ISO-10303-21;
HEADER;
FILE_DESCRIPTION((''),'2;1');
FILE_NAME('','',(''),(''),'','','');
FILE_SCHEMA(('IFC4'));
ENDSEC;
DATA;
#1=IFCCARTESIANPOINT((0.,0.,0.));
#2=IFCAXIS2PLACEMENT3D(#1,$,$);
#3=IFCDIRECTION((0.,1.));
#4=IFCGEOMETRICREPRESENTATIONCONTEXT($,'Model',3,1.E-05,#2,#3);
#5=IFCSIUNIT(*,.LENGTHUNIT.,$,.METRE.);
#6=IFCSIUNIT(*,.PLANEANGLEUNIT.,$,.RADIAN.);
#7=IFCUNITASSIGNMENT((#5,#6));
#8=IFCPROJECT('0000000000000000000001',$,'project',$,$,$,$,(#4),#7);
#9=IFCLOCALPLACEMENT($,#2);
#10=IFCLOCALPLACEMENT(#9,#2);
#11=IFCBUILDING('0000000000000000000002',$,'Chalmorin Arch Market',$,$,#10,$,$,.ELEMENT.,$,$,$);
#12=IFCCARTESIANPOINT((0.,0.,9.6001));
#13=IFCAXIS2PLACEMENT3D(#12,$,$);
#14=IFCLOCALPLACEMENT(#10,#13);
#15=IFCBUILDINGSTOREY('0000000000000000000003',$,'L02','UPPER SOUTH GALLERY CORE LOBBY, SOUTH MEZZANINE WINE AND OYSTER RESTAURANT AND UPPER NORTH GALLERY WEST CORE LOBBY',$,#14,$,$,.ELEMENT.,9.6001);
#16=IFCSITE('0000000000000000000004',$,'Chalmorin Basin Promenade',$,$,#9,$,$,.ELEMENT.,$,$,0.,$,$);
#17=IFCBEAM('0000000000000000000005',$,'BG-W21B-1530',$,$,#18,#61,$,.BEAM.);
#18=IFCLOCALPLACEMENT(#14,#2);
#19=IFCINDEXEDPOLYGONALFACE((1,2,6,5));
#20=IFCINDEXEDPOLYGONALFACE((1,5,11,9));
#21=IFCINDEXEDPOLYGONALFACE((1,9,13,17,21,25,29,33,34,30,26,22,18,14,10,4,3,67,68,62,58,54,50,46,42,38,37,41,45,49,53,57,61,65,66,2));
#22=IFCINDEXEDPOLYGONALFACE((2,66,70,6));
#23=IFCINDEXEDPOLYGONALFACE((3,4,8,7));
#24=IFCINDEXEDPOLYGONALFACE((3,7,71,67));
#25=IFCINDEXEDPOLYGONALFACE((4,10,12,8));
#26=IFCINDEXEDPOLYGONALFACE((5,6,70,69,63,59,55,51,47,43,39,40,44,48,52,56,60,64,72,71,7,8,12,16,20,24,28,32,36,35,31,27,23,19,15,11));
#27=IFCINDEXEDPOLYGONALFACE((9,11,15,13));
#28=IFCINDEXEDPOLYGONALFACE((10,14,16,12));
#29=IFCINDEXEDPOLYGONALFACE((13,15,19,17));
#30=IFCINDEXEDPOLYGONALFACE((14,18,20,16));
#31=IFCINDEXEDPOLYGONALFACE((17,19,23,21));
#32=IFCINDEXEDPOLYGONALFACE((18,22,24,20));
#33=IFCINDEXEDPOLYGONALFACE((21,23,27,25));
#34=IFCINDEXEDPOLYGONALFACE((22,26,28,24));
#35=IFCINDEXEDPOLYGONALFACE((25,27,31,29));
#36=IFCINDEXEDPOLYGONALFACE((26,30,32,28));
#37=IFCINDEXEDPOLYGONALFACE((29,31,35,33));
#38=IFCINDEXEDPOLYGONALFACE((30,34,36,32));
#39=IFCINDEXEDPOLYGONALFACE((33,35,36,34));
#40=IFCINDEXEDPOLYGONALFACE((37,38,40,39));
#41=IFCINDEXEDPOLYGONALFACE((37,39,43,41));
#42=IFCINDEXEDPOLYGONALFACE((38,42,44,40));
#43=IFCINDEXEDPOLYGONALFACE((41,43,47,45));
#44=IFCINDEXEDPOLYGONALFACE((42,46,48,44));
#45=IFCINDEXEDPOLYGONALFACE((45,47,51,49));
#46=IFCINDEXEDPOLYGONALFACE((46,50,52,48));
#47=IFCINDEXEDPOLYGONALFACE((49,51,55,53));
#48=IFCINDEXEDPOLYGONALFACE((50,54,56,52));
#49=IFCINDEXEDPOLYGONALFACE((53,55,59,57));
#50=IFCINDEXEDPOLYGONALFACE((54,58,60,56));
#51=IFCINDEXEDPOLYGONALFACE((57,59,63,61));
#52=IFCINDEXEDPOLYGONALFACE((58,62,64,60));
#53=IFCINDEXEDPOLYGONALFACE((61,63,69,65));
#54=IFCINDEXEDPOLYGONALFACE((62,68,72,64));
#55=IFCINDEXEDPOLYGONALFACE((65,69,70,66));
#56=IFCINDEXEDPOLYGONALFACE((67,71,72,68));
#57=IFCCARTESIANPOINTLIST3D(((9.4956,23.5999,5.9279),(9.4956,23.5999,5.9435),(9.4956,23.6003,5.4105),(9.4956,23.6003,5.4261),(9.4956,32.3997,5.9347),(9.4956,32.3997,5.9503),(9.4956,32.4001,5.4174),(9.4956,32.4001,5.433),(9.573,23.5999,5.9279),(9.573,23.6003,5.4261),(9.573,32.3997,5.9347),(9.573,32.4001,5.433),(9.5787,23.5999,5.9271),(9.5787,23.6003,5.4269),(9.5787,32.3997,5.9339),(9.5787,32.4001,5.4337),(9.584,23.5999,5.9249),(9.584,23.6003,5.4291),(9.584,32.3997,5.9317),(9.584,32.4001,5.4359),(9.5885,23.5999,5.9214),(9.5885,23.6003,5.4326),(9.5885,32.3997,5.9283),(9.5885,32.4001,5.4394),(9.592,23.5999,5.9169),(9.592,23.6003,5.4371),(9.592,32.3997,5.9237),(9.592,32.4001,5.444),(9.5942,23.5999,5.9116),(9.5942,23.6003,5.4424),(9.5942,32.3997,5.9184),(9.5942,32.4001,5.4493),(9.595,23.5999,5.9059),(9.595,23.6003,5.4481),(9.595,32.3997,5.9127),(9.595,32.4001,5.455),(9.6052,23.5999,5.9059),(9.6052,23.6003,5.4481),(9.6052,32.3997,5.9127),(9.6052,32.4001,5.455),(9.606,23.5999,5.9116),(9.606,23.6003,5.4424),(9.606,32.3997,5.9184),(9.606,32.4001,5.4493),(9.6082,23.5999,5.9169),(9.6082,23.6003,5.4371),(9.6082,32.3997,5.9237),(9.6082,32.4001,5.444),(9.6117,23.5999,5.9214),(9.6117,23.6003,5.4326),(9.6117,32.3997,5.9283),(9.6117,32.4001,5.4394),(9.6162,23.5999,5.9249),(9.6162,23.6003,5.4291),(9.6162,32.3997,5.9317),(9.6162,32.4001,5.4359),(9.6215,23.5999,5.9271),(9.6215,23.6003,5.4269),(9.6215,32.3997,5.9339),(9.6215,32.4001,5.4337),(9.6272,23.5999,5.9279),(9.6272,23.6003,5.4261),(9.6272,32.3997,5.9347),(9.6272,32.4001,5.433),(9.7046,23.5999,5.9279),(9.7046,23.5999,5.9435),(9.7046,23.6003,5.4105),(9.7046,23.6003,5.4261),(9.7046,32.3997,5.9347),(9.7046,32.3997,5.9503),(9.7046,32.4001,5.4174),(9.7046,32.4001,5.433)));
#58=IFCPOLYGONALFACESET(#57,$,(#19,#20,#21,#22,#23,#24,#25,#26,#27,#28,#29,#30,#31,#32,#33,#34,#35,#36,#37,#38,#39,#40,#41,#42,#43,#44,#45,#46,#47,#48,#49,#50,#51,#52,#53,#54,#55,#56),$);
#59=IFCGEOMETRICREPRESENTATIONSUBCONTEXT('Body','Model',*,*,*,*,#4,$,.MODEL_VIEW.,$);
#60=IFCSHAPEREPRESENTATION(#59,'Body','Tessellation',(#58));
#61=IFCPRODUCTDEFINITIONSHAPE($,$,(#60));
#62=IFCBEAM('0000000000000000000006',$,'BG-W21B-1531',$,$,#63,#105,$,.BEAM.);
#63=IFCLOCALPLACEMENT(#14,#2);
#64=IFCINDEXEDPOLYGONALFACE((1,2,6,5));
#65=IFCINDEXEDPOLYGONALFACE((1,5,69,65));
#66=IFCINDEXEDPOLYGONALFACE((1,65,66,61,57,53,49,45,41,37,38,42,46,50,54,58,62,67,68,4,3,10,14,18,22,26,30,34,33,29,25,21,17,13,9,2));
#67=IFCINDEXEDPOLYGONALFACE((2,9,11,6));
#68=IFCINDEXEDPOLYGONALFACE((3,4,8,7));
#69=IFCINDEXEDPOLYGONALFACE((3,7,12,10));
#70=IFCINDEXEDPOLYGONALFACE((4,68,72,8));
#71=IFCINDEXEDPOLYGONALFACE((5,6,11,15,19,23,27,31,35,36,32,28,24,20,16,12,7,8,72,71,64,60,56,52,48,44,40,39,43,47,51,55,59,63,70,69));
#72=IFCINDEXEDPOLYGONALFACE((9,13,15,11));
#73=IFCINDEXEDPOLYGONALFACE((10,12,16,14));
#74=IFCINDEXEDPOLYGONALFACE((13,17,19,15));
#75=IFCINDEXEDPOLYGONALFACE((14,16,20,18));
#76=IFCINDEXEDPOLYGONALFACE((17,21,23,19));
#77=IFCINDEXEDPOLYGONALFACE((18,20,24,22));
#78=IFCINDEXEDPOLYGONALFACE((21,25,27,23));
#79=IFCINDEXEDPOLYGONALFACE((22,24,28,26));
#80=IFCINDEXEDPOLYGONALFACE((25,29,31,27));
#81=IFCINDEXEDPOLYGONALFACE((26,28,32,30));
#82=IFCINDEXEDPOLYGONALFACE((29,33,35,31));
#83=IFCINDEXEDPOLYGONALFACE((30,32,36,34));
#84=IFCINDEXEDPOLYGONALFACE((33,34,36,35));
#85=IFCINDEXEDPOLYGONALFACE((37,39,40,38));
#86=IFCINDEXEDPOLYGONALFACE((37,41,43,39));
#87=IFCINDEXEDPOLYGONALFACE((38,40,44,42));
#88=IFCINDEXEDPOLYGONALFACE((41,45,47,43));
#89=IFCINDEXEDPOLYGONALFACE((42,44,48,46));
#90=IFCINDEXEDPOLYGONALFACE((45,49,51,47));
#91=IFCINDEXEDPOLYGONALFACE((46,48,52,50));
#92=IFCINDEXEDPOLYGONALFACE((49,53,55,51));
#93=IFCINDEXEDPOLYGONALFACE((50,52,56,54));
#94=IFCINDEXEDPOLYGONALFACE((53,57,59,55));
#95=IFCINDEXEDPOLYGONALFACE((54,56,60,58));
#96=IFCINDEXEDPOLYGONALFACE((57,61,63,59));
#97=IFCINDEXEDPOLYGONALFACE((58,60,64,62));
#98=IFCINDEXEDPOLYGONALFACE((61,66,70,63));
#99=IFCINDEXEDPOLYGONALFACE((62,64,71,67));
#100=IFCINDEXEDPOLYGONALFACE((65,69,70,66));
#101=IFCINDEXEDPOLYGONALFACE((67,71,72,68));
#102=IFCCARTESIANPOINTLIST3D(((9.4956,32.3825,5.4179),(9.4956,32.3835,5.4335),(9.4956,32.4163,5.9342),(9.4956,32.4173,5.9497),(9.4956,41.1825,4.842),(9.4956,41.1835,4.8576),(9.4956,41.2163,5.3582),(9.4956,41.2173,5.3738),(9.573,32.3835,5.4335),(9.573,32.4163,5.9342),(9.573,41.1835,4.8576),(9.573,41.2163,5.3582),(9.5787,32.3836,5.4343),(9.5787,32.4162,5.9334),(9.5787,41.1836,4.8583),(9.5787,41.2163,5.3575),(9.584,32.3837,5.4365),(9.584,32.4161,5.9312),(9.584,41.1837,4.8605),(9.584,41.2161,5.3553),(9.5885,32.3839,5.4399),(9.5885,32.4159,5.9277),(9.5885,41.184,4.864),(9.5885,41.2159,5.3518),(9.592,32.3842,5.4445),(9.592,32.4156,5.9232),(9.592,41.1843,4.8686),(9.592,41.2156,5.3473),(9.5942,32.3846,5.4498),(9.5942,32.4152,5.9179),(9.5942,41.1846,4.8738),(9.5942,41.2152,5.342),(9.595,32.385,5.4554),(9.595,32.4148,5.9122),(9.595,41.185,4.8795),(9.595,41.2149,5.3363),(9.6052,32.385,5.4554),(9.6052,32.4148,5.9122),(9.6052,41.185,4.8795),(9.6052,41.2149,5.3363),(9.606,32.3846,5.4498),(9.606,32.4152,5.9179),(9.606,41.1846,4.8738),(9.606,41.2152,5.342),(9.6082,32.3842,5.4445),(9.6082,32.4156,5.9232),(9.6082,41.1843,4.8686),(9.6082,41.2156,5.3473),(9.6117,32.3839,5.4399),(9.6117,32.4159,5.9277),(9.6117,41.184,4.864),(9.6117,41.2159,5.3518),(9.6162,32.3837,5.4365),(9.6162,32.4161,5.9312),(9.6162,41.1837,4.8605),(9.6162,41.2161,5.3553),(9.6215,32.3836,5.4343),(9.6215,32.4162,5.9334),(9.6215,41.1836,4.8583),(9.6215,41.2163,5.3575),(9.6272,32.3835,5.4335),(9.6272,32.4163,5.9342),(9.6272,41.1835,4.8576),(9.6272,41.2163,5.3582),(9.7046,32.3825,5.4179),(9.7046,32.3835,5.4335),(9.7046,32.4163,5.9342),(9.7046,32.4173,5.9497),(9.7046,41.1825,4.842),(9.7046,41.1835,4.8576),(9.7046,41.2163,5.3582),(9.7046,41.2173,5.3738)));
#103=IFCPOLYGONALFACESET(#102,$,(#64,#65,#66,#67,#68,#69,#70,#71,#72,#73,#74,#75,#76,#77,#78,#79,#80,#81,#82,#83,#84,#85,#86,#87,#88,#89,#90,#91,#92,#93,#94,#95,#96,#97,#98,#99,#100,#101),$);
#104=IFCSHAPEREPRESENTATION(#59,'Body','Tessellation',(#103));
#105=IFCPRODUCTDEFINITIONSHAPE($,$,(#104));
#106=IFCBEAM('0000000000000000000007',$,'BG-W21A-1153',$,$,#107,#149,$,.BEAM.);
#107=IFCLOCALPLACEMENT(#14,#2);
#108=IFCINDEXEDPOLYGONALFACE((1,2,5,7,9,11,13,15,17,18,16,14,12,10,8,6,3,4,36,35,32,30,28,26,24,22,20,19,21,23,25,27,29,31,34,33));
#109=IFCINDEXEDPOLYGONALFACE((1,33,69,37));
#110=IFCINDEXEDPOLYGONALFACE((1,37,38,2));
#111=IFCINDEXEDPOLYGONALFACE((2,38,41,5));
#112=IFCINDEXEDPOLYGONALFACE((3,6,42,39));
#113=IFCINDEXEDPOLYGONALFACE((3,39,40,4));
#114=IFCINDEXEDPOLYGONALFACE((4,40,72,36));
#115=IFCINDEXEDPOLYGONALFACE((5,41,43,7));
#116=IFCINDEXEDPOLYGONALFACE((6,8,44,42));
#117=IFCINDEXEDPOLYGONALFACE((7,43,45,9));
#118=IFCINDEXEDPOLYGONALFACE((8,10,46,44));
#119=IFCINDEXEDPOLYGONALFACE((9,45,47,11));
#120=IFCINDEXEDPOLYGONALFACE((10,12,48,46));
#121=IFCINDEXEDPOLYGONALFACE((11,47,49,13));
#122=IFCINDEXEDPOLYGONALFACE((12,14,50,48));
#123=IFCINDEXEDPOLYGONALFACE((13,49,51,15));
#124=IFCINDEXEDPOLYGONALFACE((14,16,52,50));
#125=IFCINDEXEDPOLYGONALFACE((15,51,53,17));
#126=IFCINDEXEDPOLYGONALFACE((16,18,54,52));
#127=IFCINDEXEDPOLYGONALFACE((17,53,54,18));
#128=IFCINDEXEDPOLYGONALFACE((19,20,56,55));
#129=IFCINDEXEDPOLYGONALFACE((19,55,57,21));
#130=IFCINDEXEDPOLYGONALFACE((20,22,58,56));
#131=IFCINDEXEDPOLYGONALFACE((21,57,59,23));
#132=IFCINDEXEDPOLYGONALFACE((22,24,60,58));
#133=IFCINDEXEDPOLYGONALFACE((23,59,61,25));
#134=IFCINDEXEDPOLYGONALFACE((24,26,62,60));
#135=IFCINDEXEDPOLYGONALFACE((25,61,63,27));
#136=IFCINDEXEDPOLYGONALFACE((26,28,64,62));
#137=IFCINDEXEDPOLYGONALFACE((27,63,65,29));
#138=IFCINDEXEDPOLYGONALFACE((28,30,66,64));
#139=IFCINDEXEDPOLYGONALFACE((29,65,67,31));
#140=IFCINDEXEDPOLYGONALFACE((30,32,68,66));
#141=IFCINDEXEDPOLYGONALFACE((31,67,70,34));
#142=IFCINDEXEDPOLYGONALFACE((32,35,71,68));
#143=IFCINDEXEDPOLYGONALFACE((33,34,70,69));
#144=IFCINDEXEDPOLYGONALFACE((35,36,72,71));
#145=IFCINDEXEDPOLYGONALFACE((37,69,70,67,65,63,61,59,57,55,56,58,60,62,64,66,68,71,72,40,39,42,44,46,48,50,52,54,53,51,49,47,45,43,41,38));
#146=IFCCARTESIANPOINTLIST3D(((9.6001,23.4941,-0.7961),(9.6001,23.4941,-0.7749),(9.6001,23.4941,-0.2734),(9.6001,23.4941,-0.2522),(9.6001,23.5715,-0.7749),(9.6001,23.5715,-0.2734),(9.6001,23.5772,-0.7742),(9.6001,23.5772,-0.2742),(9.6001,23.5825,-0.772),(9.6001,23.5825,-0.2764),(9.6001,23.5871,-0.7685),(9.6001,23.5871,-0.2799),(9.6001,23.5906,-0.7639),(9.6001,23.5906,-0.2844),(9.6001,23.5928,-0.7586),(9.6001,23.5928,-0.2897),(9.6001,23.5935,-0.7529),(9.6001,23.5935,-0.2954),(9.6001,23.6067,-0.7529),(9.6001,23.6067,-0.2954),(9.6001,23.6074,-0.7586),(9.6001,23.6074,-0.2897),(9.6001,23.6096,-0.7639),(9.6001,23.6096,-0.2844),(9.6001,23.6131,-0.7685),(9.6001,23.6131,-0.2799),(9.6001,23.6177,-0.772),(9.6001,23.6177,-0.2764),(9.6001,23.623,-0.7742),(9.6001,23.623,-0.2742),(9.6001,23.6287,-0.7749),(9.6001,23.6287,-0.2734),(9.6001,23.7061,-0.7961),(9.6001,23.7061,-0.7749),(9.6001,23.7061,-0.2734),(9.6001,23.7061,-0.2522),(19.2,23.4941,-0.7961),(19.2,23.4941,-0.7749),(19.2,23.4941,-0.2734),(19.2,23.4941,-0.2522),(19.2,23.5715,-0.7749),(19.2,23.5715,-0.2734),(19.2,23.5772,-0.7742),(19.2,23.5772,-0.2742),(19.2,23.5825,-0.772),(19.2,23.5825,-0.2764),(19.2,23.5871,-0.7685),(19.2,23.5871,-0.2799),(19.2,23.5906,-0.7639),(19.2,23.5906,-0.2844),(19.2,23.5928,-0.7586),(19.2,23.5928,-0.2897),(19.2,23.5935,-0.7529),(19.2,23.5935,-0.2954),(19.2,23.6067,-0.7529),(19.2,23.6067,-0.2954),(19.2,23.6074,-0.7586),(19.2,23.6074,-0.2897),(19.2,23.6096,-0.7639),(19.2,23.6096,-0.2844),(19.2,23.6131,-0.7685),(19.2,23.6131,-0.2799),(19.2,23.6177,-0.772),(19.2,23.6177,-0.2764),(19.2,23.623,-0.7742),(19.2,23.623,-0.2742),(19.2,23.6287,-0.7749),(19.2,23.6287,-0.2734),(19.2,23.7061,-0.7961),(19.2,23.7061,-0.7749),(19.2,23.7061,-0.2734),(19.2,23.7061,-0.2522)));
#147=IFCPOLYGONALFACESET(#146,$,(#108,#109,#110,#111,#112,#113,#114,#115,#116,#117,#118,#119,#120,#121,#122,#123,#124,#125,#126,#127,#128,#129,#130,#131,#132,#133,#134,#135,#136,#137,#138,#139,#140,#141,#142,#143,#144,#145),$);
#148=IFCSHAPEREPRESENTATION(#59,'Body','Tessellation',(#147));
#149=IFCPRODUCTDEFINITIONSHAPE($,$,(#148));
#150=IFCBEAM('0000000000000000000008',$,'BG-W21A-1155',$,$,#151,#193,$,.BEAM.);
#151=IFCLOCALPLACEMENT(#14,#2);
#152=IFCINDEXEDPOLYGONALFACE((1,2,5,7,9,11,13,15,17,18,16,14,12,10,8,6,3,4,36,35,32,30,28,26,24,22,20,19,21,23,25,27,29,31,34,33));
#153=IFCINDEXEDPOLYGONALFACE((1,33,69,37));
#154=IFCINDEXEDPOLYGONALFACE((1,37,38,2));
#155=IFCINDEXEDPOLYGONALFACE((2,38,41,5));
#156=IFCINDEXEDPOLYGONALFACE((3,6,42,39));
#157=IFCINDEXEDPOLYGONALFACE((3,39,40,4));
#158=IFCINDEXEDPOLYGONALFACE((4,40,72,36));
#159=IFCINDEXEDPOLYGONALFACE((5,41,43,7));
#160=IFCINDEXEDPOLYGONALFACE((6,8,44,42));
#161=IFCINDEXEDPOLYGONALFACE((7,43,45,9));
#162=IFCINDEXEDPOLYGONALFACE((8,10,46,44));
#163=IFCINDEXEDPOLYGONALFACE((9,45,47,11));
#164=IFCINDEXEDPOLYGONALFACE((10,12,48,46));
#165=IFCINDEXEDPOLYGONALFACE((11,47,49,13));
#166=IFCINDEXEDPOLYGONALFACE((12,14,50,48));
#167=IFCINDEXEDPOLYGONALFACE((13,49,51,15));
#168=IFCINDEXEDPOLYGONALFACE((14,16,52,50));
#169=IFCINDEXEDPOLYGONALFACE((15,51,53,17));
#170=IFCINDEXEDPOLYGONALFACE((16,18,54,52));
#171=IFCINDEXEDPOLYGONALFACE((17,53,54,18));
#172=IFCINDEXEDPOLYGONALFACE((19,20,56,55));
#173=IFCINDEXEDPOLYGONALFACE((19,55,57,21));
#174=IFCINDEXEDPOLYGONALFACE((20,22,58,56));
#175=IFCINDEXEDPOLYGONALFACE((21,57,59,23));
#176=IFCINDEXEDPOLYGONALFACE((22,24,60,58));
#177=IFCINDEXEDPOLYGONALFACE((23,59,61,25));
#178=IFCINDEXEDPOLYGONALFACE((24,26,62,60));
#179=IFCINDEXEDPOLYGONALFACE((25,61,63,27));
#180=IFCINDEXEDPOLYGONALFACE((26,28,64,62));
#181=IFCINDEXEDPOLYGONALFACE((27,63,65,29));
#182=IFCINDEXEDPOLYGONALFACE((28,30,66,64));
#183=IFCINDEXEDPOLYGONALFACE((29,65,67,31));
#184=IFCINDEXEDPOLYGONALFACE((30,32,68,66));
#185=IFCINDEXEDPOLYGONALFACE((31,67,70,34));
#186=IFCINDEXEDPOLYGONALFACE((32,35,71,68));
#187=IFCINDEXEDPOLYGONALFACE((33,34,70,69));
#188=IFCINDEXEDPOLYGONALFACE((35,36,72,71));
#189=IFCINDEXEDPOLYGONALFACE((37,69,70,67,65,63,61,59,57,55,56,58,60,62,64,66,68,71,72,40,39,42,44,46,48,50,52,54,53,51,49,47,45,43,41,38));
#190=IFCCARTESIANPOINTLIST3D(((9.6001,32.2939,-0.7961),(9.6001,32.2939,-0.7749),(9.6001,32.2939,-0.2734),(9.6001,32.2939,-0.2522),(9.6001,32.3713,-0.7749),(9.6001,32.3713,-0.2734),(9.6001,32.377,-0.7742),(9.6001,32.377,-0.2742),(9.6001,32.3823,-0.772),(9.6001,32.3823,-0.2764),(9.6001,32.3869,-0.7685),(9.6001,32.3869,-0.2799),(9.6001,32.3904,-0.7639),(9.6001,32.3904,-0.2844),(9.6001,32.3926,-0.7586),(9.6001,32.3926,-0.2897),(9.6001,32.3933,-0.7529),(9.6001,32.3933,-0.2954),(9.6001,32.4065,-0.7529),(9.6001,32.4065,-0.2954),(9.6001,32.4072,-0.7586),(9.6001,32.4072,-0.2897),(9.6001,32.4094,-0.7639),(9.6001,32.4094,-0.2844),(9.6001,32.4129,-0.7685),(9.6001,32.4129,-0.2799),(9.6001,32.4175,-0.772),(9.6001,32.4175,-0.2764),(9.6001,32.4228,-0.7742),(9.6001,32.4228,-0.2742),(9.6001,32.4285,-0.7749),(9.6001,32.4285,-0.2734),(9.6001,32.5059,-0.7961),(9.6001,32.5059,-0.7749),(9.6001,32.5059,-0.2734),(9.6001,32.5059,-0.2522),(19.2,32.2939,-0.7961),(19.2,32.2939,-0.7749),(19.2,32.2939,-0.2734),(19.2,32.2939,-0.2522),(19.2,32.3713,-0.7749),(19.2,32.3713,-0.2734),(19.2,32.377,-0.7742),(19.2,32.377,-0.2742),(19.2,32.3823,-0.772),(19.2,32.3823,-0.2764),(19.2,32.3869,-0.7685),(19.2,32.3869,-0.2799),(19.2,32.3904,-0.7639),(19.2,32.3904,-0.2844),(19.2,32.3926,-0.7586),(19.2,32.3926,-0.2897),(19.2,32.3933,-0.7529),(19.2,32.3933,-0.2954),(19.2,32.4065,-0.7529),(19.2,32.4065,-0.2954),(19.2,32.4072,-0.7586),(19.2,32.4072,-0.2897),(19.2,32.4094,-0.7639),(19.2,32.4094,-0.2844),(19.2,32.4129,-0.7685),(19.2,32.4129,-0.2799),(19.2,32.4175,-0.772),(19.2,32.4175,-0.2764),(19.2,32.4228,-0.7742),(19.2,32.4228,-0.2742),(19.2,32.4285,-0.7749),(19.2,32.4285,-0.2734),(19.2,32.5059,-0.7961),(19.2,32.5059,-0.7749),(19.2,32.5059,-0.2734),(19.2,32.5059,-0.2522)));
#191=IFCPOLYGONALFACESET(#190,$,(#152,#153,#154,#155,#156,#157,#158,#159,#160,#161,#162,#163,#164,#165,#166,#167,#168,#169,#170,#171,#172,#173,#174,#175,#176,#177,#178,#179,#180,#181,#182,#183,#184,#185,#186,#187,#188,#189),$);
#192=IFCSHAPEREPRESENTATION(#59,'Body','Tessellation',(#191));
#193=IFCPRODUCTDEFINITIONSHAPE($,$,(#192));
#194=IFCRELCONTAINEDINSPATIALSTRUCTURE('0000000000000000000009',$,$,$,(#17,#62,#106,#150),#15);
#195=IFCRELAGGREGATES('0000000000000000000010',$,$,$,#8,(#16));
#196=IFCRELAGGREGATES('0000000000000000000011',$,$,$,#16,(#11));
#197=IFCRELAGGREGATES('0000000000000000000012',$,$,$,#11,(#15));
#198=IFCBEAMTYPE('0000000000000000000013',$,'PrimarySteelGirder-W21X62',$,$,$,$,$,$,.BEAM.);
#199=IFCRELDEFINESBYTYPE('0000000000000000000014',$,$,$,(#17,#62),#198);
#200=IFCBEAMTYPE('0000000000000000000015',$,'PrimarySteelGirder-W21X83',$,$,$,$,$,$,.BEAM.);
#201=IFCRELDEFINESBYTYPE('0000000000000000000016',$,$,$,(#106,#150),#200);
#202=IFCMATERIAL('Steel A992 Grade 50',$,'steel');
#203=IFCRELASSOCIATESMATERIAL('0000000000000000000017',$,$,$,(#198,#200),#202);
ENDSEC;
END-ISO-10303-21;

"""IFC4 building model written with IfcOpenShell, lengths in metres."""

from ifc_helpers import new_model, si_unit, direction, frame, origin, origin_2d, place, context, subcontext, project, spatial, i_section, extrude, material, material_profile, profile_set, type_object, element, save


model = new_model("IFC4")

# Units and contexts
model_context = context("Model", 3, precision=1e-05, world=origin(), true_north=direction((0.0, 1.0)))
body_context = subcontext(model_context, "Body", "Model", "MODEL_VIEW")
ifc_project = project(units=[si_unit("LENGTHUNIT", "METRE"), si_unit("PLANEANGLEUNIT", "RADIAN")], contexts=[model_context])

# Site, building, storey
site_placement = place(None, origin())
site = spatial("IfcSite", under=ifc_project, at=site_placement, Name="Chalmorin Basin Promenade", CompositionType="ELEMENT", RefElevation=0.0)
building_placement = place(site_placement, origin())
building = spatial("IfcBuilding", under=site, at=building_placement, Name="Chalmorin Arch Market", CompositionType="ELEMENT")
storey_placement = place(building_placement, frame((0.0, 0.0, 9.6001)))
storey = spatial("IfcBuildingStorey", under=building, at=storey_placement, Name="L02", Description="UPPER SOUTH GALLERY CORE LOBBY, SOUTH MEZZANINE WINE AND OYSTER RESTAURANT AND UPPER NORTH GALLERY WEST CORE LOBBY", CompositionType="ELEMENT", Elevation=9.6001)

# Shared definitions
ifc_material_1 = material(Name="Steel A992 Grade 50", Category="steel")

# Beams
ifc_material_profile_1 = material_profile(ifc_material_1, i_section(OverallWidth=0.209, OverallDepth=0.533, WebThickness=0.0103, FlangeThickness=0.0156, FilletRadius=0.022, at=origin_2d()), Name="W21X62")
ifc_profile_set_1 = profile_set([ifc_material_profile_1], Name="Steel A992 Grade 50")
beam_type_1 = type_object("IfcBeamType", Name="PrimarySteelGirder-W21X62", PredefinedType="BEAM", material=ifc_profile_set_1)
beam_1_placement = place(storey_placement, frame((9.6001, 23.6001, 5.677), z_axis=(0.0, 1.0, 0.000777), x_axis=(-1.0, 0.0, 0.0)))
element("IfcBeam", 1, at=beam_1_placement, inside=storey, type_object=beam_type_1, Name="BG-W21B-1530", PredefinedType="BEAM", context=body_context, shape_type="SweptSolid", body=[
    extrude(i_section(OverallWidth=0.209, OverallDepth=0.533, WebThickness=0.0103, FlangeThickness=0.0156, FilletRadius=0.022, at=origin_2d()), origin(), (0.0, 0.0, 1.0), 8.7998),
])
beam_2_placement = place(storey_placement, frame((9.6001, 32.3999, 5.6838), z_axis=(0.0, 0.997865, -0.065306), x_axis=(-1.0, 0.0, 0.0)))
element("IfcBeam", 2, at=beam_2_placement, inside=storey, type_object=beam_type_1, Name="BG-W21B-1531", PredefinedType="BEAM", context=body_context, shape_type="SweptSolid", body=[
    extrude(i_section(OverallWidth=0.209, OverallDepth=0.533, WebThickness=0.0103, FlangeThickness=0.0156, FilletRadius=0.022, at=origin_2d()), origin(), (0.0, 0.0, 1.0), 8.8188),
])
ifc_material_profile_2 = material_profile(ifc_material_1, i_section(OverallWidth=0.2119, OverallDepth=0.5439, WebThickness=0.0132, FlangeThickness=0.0212, FilletRadius=0.022, at=origin_2d()), Name="W21X83")
ifc_profile_set_2 = profile_set([ifc_material_profile_2], Name="Steel A992 Grade 50")
beam_type_2 = type_object("IfcBeamType", Name="PrimarySteelGirder-W21X83", PredefinedType="BEAM", material=ifc_profile_set_2)
for number, where, z_axis, x_axis, name in (
    (3, (9.6001, 23.6001, -0.5242), (1.0, 0.0, 0.0), (0.0, 1.0, 0.0), "BG-W21A-1153"),
    (4, (9.6001, 32.3999, -0.5242), (1.0, 0.0, 0.0), (0.0, 1.0, 0.0), "BG-W21A-1155"),
):
    element("IfcBeam", number, at=place(storey_placement, frame(where, z_axis=z_axis, x_axis=x_axis)), inside=storey, type_object=beam_type_2, Name=name, PredefinedType="BEAM", context=body_context, shape_type="SweptSolid", body=[
        extrude(i_section(OverallWidth=0.2119, OverallDepth=0.5439, WebThickness=0.0132, FlangeThickness=0.0212, FilletRadius=0.022, at=origin_2d()), origin(), (0.0, 0.0, 1.0), 9.5999),
    ])

save(model, "model.ifc")
